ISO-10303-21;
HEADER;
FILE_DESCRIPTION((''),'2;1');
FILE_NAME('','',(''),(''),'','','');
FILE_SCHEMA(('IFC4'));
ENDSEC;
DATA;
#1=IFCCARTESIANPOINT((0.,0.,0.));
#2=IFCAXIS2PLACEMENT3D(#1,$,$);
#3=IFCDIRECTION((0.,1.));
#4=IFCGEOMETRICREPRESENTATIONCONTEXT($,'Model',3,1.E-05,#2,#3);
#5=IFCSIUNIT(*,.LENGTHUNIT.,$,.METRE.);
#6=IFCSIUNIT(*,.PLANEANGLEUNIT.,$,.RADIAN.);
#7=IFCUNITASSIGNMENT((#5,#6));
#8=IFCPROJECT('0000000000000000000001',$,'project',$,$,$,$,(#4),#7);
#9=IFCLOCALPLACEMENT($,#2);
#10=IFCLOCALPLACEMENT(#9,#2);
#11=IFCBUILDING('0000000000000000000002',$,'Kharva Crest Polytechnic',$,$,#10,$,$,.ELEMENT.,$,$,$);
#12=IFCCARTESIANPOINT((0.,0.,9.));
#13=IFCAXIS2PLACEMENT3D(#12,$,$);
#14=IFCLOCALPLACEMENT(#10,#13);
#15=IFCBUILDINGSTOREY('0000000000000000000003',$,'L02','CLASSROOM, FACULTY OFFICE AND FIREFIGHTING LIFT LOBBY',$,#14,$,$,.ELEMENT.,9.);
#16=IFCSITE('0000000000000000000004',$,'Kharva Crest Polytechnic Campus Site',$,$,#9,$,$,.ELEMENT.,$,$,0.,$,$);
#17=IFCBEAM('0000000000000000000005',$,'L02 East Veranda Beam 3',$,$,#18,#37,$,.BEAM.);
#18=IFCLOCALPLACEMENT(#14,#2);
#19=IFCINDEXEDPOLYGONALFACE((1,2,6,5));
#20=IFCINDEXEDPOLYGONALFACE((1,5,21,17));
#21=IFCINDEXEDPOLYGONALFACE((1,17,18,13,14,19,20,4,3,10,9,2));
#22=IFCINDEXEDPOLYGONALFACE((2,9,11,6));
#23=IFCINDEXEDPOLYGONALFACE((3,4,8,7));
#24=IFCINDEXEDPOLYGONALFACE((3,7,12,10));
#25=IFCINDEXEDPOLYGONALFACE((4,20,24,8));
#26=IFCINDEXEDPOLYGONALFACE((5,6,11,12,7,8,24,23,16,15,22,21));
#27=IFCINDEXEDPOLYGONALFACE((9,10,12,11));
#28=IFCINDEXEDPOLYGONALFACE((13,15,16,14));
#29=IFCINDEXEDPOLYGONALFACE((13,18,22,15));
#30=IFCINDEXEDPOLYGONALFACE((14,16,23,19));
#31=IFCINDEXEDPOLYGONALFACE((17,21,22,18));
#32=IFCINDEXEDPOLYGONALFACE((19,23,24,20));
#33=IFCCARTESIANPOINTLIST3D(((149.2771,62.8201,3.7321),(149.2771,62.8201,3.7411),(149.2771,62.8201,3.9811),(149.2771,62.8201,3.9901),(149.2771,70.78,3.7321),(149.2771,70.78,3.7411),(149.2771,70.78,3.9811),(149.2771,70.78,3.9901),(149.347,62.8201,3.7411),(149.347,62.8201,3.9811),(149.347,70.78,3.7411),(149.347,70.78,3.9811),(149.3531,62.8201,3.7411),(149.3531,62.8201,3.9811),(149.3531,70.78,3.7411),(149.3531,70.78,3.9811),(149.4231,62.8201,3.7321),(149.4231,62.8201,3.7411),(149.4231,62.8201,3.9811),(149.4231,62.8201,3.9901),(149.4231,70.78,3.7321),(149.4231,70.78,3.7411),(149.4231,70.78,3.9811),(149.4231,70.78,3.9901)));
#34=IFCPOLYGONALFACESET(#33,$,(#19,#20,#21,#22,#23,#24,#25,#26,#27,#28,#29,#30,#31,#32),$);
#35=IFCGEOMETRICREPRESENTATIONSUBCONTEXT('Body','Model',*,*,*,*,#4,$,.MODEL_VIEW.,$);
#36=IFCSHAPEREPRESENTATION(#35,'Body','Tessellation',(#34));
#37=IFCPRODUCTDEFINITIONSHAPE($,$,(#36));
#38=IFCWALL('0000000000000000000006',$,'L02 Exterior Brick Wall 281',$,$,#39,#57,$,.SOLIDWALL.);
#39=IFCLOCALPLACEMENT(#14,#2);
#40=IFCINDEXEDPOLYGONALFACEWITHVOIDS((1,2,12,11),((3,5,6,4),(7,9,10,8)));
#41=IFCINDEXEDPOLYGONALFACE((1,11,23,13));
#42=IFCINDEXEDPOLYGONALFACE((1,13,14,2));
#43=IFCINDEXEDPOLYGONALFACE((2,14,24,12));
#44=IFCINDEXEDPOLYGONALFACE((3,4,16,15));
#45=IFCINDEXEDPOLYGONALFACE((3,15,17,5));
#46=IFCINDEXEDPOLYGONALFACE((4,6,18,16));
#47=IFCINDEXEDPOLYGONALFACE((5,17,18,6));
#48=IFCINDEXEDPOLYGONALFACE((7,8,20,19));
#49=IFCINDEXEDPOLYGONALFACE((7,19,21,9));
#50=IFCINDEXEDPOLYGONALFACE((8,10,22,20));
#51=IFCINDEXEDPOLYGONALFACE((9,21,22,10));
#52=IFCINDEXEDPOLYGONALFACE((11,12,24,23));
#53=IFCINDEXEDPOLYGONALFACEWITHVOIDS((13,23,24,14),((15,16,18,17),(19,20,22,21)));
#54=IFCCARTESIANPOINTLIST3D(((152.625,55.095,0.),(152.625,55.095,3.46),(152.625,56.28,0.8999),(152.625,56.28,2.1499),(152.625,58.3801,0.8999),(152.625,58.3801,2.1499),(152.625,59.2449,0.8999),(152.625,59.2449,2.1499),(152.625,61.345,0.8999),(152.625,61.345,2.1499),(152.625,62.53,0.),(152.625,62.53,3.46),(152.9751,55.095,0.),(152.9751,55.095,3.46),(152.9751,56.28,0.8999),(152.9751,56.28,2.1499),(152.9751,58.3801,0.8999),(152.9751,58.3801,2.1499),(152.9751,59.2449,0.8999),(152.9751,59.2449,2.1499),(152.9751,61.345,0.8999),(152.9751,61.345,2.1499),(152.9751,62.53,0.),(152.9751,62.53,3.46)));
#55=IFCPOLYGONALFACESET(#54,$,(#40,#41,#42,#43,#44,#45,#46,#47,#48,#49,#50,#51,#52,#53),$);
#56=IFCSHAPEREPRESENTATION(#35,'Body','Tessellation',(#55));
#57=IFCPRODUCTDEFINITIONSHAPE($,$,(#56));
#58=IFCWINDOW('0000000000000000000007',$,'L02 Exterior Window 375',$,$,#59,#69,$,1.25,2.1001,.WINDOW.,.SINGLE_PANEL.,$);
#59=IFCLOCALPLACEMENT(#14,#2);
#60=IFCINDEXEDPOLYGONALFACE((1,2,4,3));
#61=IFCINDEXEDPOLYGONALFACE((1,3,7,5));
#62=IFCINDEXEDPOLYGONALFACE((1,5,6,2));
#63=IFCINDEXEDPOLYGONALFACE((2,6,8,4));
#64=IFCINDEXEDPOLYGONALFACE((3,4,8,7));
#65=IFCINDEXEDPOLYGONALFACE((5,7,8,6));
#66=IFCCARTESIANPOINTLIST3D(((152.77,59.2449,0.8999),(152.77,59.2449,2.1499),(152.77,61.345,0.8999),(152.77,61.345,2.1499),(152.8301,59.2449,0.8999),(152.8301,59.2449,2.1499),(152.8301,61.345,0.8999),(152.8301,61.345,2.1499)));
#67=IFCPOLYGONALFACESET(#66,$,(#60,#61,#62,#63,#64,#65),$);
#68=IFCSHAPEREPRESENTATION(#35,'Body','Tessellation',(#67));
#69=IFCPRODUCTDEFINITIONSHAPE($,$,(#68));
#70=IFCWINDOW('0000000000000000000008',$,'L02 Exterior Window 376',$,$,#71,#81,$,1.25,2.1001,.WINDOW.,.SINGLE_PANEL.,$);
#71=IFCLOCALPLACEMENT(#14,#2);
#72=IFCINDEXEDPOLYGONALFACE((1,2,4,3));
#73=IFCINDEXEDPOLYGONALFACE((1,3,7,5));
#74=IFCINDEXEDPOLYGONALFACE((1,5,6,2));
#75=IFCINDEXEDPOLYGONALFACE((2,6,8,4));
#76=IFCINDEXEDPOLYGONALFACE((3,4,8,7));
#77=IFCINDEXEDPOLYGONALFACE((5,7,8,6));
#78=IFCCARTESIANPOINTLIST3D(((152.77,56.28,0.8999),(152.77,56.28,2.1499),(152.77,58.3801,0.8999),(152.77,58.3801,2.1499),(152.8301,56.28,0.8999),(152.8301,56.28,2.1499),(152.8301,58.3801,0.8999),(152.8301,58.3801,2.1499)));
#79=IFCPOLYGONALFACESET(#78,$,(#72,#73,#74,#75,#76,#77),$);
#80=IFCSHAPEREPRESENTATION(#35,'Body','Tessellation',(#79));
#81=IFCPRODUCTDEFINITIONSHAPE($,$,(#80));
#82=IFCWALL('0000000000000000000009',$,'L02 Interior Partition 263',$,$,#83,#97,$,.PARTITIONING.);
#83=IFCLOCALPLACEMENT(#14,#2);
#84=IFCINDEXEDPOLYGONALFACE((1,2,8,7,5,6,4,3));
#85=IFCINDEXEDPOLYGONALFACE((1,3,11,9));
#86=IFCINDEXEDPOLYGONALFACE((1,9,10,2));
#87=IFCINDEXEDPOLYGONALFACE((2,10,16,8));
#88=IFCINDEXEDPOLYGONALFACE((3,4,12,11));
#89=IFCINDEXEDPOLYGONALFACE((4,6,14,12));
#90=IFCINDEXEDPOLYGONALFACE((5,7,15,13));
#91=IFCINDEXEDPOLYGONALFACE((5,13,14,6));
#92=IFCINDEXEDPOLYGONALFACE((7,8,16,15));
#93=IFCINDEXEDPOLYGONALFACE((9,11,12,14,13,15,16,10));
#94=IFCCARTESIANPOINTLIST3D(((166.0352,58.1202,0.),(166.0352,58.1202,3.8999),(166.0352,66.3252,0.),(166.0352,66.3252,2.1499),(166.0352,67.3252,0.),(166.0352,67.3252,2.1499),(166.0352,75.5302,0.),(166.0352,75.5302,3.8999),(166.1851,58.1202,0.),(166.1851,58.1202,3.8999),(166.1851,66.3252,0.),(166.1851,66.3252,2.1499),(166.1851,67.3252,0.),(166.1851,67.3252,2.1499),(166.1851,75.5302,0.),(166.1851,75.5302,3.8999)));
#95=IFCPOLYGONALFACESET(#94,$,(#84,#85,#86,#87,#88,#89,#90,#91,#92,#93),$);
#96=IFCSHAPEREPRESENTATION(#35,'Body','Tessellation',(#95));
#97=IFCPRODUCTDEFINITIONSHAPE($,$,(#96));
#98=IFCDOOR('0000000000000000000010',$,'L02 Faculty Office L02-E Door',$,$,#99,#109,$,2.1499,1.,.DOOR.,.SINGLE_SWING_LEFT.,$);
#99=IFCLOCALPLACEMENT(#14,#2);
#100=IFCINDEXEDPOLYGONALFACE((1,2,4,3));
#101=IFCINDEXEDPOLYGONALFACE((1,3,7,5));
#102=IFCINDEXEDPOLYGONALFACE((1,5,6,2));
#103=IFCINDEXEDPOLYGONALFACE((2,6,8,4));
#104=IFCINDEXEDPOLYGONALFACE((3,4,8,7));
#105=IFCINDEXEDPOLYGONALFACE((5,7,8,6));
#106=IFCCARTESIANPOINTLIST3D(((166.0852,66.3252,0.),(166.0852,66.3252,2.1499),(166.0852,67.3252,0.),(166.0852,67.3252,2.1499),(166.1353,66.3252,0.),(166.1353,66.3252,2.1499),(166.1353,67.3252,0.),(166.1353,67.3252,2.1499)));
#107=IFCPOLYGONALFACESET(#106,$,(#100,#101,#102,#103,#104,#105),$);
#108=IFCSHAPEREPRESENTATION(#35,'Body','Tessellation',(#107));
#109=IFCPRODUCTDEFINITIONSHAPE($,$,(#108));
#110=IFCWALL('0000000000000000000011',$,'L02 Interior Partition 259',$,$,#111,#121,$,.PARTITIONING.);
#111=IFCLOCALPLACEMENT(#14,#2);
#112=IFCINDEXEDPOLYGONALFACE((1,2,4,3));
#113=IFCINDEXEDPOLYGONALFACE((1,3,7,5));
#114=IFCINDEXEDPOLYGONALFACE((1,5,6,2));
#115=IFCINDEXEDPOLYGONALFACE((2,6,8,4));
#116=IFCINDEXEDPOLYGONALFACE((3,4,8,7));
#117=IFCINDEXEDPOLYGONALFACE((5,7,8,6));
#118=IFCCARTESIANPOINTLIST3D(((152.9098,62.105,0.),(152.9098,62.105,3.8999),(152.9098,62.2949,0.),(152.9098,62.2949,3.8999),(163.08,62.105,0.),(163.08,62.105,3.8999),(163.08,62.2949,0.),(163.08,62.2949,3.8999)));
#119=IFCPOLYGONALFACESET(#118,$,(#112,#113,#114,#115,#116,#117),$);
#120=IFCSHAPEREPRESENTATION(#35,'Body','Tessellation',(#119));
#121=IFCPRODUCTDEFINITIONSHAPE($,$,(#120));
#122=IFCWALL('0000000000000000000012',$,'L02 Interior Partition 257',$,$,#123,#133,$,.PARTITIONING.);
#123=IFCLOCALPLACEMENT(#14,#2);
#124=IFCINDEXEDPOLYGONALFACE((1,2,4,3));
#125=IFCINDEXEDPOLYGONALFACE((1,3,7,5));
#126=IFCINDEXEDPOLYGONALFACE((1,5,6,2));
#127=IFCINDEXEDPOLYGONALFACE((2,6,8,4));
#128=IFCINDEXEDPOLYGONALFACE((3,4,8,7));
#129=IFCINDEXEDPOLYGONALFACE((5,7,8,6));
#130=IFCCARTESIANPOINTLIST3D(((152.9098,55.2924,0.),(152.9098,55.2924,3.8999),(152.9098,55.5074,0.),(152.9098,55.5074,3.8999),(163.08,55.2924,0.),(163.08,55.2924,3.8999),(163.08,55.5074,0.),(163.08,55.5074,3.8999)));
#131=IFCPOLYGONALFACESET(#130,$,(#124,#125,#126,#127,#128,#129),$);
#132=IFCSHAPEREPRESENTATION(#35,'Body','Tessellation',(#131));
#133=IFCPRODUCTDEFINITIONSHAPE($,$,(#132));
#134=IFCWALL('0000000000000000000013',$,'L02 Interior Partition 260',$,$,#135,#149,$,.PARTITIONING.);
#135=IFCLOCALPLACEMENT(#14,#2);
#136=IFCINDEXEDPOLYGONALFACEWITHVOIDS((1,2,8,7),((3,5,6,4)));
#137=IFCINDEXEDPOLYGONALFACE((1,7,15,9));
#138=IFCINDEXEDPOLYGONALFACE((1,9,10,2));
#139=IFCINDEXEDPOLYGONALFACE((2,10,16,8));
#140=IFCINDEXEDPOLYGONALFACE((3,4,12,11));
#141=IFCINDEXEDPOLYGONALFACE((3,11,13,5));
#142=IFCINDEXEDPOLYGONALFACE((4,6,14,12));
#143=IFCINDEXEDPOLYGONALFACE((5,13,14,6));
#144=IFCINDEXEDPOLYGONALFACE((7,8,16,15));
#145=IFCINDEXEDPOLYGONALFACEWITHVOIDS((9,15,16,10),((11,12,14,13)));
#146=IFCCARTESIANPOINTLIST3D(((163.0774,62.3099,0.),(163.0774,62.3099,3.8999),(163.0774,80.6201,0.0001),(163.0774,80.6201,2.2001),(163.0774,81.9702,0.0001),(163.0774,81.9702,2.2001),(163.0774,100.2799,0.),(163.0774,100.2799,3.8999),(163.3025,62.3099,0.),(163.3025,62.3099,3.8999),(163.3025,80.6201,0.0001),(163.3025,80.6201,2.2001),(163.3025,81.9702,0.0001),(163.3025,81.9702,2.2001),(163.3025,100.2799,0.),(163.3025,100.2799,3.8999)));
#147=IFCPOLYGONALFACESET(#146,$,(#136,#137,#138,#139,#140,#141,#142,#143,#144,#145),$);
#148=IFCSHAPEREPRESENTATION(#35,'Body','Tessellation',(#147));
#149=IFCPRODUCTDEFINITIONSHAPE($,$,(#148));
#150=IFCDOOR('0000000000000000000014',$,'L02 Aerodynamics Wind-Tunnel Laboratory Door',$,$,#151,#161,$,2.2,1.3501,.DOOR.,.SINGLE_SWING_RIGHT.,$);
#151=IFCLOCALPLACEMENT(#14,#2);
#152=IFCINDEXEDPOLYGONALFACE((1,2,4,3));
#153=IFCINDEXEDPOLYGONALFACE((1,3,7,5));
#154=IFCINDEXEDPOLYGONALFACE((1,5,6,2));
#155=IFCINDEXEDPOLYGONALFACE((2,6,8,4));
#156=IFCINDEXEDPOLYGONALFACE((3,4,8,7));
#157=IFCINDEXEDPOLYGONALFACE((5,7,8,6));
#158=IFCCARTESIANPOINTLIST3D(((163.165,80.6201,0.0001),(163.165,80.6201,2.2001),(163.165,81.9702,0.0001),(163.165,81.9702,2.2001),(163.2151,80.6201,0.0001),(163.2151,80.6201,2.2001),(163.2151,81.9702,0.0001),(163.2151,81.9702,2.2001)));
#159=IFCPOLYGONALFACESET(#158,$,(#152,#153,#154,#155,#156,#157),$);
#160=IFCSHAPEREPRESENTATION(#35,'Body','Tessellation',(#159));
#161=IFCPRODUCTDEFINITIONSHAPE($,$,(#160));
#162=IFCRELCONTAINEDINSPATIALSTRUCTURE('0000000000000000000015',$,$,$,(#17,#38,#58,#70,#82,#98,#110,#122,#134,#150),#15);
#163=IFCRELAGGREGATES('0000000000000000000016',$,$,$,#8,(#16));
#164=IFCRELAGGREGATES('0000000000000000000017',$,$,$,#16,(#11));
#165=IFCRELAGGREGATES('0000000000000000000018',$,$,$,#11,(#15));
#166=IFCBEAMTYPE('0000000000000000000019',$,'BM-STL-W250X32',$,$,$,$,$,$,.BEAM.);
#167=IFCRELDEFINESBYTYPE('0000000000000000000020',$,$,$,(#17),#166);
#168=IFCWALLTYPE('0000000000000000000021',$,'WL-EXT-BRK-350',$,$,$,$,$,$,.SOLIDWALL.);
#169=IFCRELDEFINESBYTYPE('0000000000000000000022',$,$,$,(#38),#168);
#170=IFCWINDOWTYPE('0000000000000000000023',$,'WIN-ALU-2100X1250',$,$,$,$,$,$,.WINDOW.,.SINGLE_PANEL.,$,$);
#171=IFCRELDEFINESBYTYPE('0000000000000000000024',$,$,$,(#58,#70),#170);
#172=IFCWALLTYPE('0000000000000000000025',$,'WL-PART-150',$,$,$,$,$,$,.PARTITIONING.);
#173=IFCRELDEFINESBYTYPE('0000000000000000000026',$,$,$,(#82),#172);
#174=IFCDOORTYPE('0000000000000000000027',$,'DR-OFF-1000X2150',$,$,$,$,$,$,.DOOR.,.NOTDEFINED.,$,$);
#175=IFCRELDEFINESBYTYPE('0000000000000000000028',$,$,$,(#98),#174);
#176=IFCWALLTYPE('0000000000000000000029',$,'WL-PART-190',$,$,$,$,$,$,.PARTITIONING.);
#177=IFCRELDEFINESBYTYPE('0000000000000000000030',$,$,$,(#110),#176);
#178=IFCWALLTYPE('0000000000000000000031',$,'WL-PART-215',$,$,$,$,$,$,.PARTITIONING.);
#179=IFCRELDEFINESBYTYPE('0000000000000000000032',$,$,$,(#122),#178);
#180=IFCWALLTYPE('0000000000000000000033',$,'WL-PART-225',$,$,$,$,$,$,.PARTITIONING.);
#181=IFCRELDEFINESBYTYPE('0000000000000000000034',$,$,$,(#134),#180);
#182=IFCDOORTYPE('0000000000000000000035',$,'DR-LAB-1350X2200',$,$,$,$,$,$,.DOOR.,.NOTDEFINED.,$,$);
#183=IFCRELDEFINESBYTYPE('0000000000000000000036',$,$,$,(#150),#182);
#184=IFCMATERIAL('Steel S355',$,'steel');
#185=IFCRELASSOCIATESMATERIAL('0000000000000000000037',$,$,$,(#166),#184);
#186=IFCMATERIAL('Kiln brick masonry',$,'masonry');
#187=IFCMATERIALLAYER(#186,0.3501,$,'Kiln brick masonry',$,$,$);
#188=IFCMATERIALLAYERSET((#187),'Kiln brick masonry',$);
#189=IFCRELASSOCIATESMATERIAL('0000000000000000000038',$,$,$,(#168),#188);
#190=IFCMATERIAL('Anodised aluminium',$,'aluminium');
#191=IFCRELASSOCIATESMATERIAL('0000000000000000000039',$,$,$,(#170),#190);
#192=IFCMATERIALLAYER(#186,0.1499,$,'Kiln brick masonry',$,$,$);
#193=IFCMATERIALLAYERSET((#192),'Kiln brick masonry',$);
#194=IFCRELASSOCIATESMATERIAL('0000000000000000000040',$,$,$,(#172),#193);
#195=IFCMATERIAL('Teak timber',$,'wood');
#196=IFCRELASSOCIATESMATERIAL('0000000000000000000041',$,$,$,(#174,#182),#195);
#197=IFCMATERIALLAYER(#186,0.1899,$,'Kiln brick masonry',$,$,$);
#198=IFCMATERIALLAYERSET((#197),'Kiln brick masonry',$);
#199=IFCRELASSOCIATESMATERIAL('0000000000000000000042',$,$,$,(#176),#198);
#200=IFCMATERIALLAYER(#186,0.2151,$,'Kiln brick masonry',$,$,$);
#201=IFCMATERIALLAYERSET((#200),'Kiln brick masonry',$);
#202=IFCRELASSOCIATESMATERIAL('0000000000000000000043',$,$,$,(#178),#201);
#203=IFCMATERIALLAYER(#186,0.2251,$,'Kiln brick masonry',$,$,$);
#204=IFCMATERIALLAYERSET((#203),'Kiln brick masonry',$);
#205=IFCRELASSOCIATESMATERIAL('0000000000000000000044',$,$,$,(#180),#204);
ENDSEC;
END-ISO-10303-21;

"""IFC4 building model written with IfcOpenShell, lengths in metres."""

from ifc_helpers import new_model, si_unit, direction, frame, frame_2d, origin, origin_2d, place, context, subcontext, project, spatial, rectangle, i_section, extrude, material, layer, layer_set, material_profile, profile_set, type_object, element, fill, save


model = new_model("IFC4")

# Units and contexts
model_context = context("Model", 3, precision=1e-05, world=origin(), true_north=direction((0.0, 1.0)))
body_context = subcontext(model_context, "Body", "Model", "MODEL_VIEW")
ifc_project = project(units=[si_unit("LENGTHUNIT", "METRE"), si_unit("PLANEANGLEUNIT", "RADIAN")], contexts=[model_context])

# Site, building, storey
site_placement = place(None, origin())
site = spatial("IfcSite", under=ifc_project, at=site_placement, Name="Kharva Crest Polytechnic Campus Site", CompositionType="ELEMENT", RefElevation=0.0)
building_placement = place(site_placement, origin())
building = spatial("IfcBuilding", under=site, at=building_placement, Name="Kharva Crest Polytechnic", CompositionType="ELEMENT")
storey_placement = place(building_placement, frame((0.0, 0.0, 9.0)))
storey = spatial("IfcBuildingStorey", under=building, at=storey_placement, Name="L02", Description="CLASSROOM, FACULTY OFFICE AND FIREFIGHTING LIFT LOBBY", CompositionType="ELEMENT", Elevation=9.0)

# Shared definitions
ifc_material_1 = material(Name="Steel S355", Category="steel")

# Beam
ifc_material_profile_1 = material_profile(ifc_material_1, i_section(OverallWidth=0.146, OverallDepth=0.2581, WebThickness=0.0061, FlangeThickness=0.009, at=origin_2d()), Name="W250X32.7")
ifc_profile_set_1 = profile_set([ifc_material_profile_1], Name="Steel S355")
beam_type_1 = type_object("IfcBeamType", Name="BM-STL-W250X32", PredefinedType="BEAM", material=ifc_profile_set_1)
beam_1_placement = place(storey_placement, frame((149.3501, 62.8201, 3.8611), z_axis=(0.0, 1.0, 0.0), x_axis=(-1.0, 0.0, 0.0)))
element("IfcBeam", 1, at=beam_1_placement, inside=storey, type_object=beam_type_1, Name="L02 East Veranda Beam 3", PredefinedType="BEAM", context=body_context, shape_type="SweptSolid", body=[
    extrude(i_section(OverallWidth=0.146, OverallDepth=0.2581, WebThickness=0.0061, FlangeThickness=0.009, at=origin_2d()), origin(), (0.0, 0.0, 1.0), 7.96),
])

# Wall, openings, windows
ifc_material_2 = material(Name="Kiln brick masonry", Category="masonry")
ifc_layer_1 = layer(ifc_material_2, 0.3501, Name="Kiln brick masonry")
ifc_layer_set_1 = layer_set([ifc_layer_1], Name="Kiln brick masonry")
wall_type_1 = type_object("IfcWallType", Name="WL-EXT-BRK-350", PredefinedType="SOLIDWALL", material=ifc_layer_set_1)
wall_1_placement = place(storey_placement, frame((152.8, 62.53, 0.0), z_axis=(0.0, 0.0, 1.0), x_axis=(0.0, -1.0, 0.0)))
wall_1 = element("IfcWall", 2, at=wall_1_placement, inside=storey, type_object=wall_type_1, Name="L02 Exterior Brick Wall 281", PredefinedType="SOLIDWALL", context=body_context, shape_type="SweptSolid", body=[
    extrude(rectangle(XDim=7.4351, YDim=0.3501, at=frame_2d((3.7175, 0.0))), origin(), (0.0, 0.0, 1.0), 3.46),
])
opening_1_placement = place(wall_1_placement, frame((1.1851, 0.0, 0.8999)))
opening_1 = element("IfcOpeningElement", 3, at=opening_1_placement, cuts=wall_1, PredefinedType="OPENING", context=body_context, shape_type="SweptSolid", body=[
    extrude(rectangle(XDim=2.1001, YDim=1.25, at=frame_2d((1.05, 0.625))), frame((0.0, 0.1851, 0.0), z_axis=(0.0, -1.0, 0.0), x_axis=(1.0, 0.0, 0.0)), (0.0, 0.0, 1.0), 0.3701),
])
opening_2_placement = place(wall_1_placement, frame((4.1499, 0.0, 0.8999)))
opening_2 = element("IfcOpeningElement", 4, at=opening_2_placement, cuts=wall_1, PredefinedType="OPENING", context=body_context, shape_type="SweptSolid", body=[
    extrude(rectangle(XDim=2.1001, YDim=1.25, at=frame_2d((1.05, 0.625))), frame((0.0, 0.1851, 0.0), z_axis=(0.0, -1.0, 0.0), x_axis=(1.0, 0.0, 0.0)), (0.0, 0.0, 1.0), 0.3701),
])
ifc_material_3 = material(Name="Anodised aluminium", Category="aluminium")
window_type = type_object("IfcWindowType", Name="WIN-ALU-2100X1250", PartitioningType="SINGLE_PANEL", PredefinedType="WINDOW", material=ifc_material_3)
window_1_placement = place(opening_1_placement, origin())
window_1 = element("IfcWindow", 5, at=window_1_placement, inside=storey, type_object=window_type, Name="L02 Exterior Window 375", OverallHeight=1.25, OverallWidth=2.1001, PartitioningType="SINGLE_PANEL", PredefinedType="WINDOW", context=body_context, shape_type="SweptSolid", body=[
    extrude(rectangle(XDim=2.1001, YDim=1.25, at=frame_2d((1.05, 0.625))), frame((0.0, 0.03, 0.0), z_axis=(0.0, -1.0, 0.0), x_axis=(1.0, 0.0, 0.0)), (0.0, 0.0, 1.0), 0.0601),
])
fill(opening_1, window_1)
window_2_placement = place(opening_2_placement, origin())
window_2 = element("IfcWindow", 6, at=window_2_placement, inside=storey, type_object=window_type, Name="L02 Exterior Window 376", OverallHeight=1.25, OverallWidth=2.1001, PartitioningType="SINGLE_PANEL", PredefinedType="WINDOW", context=body_context, shape_type="SweptSolid", body=[
    extrude(rectangle(XDim=2.1001, YDim=1.25, at=frame_2d((1.05, 0.625))), frame((0.0, 0.03, 0.0), z_axis=(0.0, -1.0, 0.0), x_axis=(1.0, 0.0, 0.0)), (0.0, 0.0, 1.0), 0.0601),
])
fill(opening_2, window_2)

# Wall, opening, door
ifc_layer_2 = layer(ifc_material_2, 0.1499, Name="Kiln brick masonry")
ifc_layer_set_2 = layer_set([ifc_layer_2], Name="Kiln brick masonry")
wall_type_2 = type_object("IfcWallType", Name="WL-PART-150", PredefinedType="PARTITIONING", material=ifc_layer_set_2)
wall_2_placement = place(storey_placement, frame((166.1101, 58.1201, 0.0), z_axis=(0.0, 0.0, 1.0), x_axis=(0.0, 1.0, 0.0)))
wall_2 = element("IfcWall", 7, at=wall_2_placement, inside=storey, type_object=wall_type_2, Name="L02 Interior Partition 263", PredefinedType="PARTITIONING", context=body_context, shape_type="SweptSolid", body=[
    extrude(rectangle(XDim=17.4099, YDim=0.1499, at=frame_2d((8.7051, 0.0))), origin(), (0.0, 0.0, 1.0), 3.8999),
])
opening_3_placement = place(wall_2_placement, frame((8.2051, 0.0, 0.0)))
opening_3 = element("IfcOpeningElement", 8, at=opening_3_placement, cuts=wall_2, PredefinedType="OPENING", context=body_context, shape_type="SweptSolid", body=[
    extrude(rectangle(XDim=1.0, YDim=2.1499, at=frame_2d((0.5, 1.075))), frame((0.0, 0.085, 0.0), z_axis=(0.0, -1.0, 0.0), x_axis=(1.0, 0.0, 0.0)), (0.0, 0.0, 1.0), 0.1699),
])
ifc_material_4 = material(Name="Teak timber", Category="wood")
door_type_1 = type_object("IfcDoorType", Name="DR-OFF-1000X2150", OperationType="NOTDEFINED", PredefinedType="DOOR", material=ifc_material_4)
door_1_placement = place(opening_3_placement, origin())
door_1 = element("IfcDoor", 9, at=door_1_placement, inside=storey, type_object=door_type_1, Name="L02 Faculty Office L02-E Door", OperationType="SINGLE_SWING_LEFT", OverallHeight=2.1499, OverallWidth=1.0, PredefinedType="DOOR", context=body_context, shape_type="SweptSolid", body=[
    extrude(rectangle(XDim=1.0, YDim=2.1499, at=frame_2d((0.5, 1.075))), frame((0.0, 0.0249, 0.0), z_axis=(0.0, -1.0, 0.0), x_axis=(1.0, 0.0, 0.0)), (0.0, 0.0, 1.0), 0.05),
])
fill(opening_3, door_1)

# Walls
ifc_layer_3 = layer(ifc_material_2, 0.1899, Name="Kiln brick masonry")
ifc_layer_set_3 = layer_set([ifc_layer_3], Name="Kiln brick masonry")
wall_type_3 = type_object("IfcWallType", Name="WL-PART-190", PredefinedType="PARTITIONING", material=ifc_layer_set_3)
wall_3_placement = place(storey_placement, frame((152.9099, 62.2, 0.0), z_axis=(0.0, 0.0, 1.0), x_axis=(1.0, 0.0, 0.0)))
element("IfcWall", 10, at=wall_3_placement, inside=storey, type_object=wall_type_3, Name="L02 Interior Partition 259", PredefinedType="PARTITIONING", context=body_context, shape_type="SweptSolid", body=[
    extrude(rectangle(XDim=10.1702, YDim=0.1899, at=frame_2d((5.085, 0.0))), origin(), (0.0, 0.0, 1.0), 3.8999),
])
ifc_layer_4 = layer(ifc_material_2, 0.2151, Name="Kiln brick masonry")
ifc_layer_set_4 = layer_set([ifc_layer_4], Name="Kiln brick masonry")
wall_type_4 = type_object("IfcWallType", Name="WL-PART-215", PredefinedType="PARTITIONING", material=ifc_layer_set_4)
wall_4_placement = place(storey_placement, frame((152.9099, 55.3999, 0.0), z_axis=(0.0, 0.0, 1.0), x_axis=(1.0, 0.0, 0.0)))
element("IfcWall", 11, at=wall_4_placement, inside=storey, type_object=wall_type_4, Name="L02 Interior Partition 257", PredefinedType="PARTITIONING", context=body_context, shape_type="SweptSolid", body=[
    extrude(rectangle(XDim=10.1702, YDim=0.2151, at=frame_2d((5.085, 0.0))), origin(), (0.0, 0.0, 1.0), 3.8999),
])

# Wall, opening, door
ifc_layer_5 = layer(ifc_material_2, 0.2251, Name="Kiln brick masonry")
ifc_layer_set_5 = layer_set([ifc_layer_5], Name="Kiln brick masonry")
wall_type_5 = type_object("IfcWallType", Name="WL-PART-225", PredefinedType="PARTITIONING", material=ifc_layer_set_5)
wall_5_placement = place(storey_placement, frame((163.1899, 62.3101, 0.0), z_axis=(0.0, 0.0, 1.0), x_axis=(0.0, 1.0, 0.0)))
wall_5 = element("IfcWall", 12, at=wall_5_placement, inside=storey, type_object=wall_type_5, Name="L02 Interior Partition 260", PredefinedType="PARTITIONING", context=body_context, shape_type="SweptSolid", body=[
    extrude(rectangle(XDim=37.97, YDim=0.2251, at=frame_2d((18.9849, 0.0))), origin(), (0.0, 0.0, 1.0), 3.8999),
])
opening_4_placement = place(wall_5_placement, frame((18.3101, 0.0, 0.0)))
opening_4 = element("IfcOpeningElement", 13, at=opening_4_placement, cuts=wall_5, PredefinedType="OPENING", context=body_context, shape_type="SweptSolid", body=[
    extrude(rectangle(XDim=1.3501, YDim=2.2, at=frame_2d((0.675, 1.1001))), frame((0.0, 0.1226, 0.0), z_axis=(0.0, -1.0, 0.0), x_axis=(1.0, 0.0, 0.0)), (0.0, 0.0, 1.0), 0.2451),
])
door_type_2 = type_object("IfcDoorType", Name="DR-LAB-1350X2200", OperationType="NOTDEFINED", PredefinedType="DOOR", material=ifc_material_4)
door_2_placement = place(opening_4_placement, origin())
door_2 = element("IfcDoor", 14, at=door_2_placement, inside=storey, type_object=door_type_2, Name="L02 Aerodynamics Wind-Tunnel Laboratory Door", OperationType="SINGLE_SWING_RIGHT", OverallHeight=2.2, OverallWidth=1.3501, PredefinedType="DOOR", context=body_context, shape_type="SweptSolid", body=[
    extrude(rectangle(XDim=1.3501, YDim=2.2, at=frame_2d((0.675, 1.1001))), frame((0.0, 0.0249, 0.0), z_axis=(0.0, -1.0, 0.0), x_axis=(1.0, 0.0, 0.0)), (0.0, 0.0, 1.0), 0.05),
])
fill(opening_4, door_2)

save(model, "model.ifc")
